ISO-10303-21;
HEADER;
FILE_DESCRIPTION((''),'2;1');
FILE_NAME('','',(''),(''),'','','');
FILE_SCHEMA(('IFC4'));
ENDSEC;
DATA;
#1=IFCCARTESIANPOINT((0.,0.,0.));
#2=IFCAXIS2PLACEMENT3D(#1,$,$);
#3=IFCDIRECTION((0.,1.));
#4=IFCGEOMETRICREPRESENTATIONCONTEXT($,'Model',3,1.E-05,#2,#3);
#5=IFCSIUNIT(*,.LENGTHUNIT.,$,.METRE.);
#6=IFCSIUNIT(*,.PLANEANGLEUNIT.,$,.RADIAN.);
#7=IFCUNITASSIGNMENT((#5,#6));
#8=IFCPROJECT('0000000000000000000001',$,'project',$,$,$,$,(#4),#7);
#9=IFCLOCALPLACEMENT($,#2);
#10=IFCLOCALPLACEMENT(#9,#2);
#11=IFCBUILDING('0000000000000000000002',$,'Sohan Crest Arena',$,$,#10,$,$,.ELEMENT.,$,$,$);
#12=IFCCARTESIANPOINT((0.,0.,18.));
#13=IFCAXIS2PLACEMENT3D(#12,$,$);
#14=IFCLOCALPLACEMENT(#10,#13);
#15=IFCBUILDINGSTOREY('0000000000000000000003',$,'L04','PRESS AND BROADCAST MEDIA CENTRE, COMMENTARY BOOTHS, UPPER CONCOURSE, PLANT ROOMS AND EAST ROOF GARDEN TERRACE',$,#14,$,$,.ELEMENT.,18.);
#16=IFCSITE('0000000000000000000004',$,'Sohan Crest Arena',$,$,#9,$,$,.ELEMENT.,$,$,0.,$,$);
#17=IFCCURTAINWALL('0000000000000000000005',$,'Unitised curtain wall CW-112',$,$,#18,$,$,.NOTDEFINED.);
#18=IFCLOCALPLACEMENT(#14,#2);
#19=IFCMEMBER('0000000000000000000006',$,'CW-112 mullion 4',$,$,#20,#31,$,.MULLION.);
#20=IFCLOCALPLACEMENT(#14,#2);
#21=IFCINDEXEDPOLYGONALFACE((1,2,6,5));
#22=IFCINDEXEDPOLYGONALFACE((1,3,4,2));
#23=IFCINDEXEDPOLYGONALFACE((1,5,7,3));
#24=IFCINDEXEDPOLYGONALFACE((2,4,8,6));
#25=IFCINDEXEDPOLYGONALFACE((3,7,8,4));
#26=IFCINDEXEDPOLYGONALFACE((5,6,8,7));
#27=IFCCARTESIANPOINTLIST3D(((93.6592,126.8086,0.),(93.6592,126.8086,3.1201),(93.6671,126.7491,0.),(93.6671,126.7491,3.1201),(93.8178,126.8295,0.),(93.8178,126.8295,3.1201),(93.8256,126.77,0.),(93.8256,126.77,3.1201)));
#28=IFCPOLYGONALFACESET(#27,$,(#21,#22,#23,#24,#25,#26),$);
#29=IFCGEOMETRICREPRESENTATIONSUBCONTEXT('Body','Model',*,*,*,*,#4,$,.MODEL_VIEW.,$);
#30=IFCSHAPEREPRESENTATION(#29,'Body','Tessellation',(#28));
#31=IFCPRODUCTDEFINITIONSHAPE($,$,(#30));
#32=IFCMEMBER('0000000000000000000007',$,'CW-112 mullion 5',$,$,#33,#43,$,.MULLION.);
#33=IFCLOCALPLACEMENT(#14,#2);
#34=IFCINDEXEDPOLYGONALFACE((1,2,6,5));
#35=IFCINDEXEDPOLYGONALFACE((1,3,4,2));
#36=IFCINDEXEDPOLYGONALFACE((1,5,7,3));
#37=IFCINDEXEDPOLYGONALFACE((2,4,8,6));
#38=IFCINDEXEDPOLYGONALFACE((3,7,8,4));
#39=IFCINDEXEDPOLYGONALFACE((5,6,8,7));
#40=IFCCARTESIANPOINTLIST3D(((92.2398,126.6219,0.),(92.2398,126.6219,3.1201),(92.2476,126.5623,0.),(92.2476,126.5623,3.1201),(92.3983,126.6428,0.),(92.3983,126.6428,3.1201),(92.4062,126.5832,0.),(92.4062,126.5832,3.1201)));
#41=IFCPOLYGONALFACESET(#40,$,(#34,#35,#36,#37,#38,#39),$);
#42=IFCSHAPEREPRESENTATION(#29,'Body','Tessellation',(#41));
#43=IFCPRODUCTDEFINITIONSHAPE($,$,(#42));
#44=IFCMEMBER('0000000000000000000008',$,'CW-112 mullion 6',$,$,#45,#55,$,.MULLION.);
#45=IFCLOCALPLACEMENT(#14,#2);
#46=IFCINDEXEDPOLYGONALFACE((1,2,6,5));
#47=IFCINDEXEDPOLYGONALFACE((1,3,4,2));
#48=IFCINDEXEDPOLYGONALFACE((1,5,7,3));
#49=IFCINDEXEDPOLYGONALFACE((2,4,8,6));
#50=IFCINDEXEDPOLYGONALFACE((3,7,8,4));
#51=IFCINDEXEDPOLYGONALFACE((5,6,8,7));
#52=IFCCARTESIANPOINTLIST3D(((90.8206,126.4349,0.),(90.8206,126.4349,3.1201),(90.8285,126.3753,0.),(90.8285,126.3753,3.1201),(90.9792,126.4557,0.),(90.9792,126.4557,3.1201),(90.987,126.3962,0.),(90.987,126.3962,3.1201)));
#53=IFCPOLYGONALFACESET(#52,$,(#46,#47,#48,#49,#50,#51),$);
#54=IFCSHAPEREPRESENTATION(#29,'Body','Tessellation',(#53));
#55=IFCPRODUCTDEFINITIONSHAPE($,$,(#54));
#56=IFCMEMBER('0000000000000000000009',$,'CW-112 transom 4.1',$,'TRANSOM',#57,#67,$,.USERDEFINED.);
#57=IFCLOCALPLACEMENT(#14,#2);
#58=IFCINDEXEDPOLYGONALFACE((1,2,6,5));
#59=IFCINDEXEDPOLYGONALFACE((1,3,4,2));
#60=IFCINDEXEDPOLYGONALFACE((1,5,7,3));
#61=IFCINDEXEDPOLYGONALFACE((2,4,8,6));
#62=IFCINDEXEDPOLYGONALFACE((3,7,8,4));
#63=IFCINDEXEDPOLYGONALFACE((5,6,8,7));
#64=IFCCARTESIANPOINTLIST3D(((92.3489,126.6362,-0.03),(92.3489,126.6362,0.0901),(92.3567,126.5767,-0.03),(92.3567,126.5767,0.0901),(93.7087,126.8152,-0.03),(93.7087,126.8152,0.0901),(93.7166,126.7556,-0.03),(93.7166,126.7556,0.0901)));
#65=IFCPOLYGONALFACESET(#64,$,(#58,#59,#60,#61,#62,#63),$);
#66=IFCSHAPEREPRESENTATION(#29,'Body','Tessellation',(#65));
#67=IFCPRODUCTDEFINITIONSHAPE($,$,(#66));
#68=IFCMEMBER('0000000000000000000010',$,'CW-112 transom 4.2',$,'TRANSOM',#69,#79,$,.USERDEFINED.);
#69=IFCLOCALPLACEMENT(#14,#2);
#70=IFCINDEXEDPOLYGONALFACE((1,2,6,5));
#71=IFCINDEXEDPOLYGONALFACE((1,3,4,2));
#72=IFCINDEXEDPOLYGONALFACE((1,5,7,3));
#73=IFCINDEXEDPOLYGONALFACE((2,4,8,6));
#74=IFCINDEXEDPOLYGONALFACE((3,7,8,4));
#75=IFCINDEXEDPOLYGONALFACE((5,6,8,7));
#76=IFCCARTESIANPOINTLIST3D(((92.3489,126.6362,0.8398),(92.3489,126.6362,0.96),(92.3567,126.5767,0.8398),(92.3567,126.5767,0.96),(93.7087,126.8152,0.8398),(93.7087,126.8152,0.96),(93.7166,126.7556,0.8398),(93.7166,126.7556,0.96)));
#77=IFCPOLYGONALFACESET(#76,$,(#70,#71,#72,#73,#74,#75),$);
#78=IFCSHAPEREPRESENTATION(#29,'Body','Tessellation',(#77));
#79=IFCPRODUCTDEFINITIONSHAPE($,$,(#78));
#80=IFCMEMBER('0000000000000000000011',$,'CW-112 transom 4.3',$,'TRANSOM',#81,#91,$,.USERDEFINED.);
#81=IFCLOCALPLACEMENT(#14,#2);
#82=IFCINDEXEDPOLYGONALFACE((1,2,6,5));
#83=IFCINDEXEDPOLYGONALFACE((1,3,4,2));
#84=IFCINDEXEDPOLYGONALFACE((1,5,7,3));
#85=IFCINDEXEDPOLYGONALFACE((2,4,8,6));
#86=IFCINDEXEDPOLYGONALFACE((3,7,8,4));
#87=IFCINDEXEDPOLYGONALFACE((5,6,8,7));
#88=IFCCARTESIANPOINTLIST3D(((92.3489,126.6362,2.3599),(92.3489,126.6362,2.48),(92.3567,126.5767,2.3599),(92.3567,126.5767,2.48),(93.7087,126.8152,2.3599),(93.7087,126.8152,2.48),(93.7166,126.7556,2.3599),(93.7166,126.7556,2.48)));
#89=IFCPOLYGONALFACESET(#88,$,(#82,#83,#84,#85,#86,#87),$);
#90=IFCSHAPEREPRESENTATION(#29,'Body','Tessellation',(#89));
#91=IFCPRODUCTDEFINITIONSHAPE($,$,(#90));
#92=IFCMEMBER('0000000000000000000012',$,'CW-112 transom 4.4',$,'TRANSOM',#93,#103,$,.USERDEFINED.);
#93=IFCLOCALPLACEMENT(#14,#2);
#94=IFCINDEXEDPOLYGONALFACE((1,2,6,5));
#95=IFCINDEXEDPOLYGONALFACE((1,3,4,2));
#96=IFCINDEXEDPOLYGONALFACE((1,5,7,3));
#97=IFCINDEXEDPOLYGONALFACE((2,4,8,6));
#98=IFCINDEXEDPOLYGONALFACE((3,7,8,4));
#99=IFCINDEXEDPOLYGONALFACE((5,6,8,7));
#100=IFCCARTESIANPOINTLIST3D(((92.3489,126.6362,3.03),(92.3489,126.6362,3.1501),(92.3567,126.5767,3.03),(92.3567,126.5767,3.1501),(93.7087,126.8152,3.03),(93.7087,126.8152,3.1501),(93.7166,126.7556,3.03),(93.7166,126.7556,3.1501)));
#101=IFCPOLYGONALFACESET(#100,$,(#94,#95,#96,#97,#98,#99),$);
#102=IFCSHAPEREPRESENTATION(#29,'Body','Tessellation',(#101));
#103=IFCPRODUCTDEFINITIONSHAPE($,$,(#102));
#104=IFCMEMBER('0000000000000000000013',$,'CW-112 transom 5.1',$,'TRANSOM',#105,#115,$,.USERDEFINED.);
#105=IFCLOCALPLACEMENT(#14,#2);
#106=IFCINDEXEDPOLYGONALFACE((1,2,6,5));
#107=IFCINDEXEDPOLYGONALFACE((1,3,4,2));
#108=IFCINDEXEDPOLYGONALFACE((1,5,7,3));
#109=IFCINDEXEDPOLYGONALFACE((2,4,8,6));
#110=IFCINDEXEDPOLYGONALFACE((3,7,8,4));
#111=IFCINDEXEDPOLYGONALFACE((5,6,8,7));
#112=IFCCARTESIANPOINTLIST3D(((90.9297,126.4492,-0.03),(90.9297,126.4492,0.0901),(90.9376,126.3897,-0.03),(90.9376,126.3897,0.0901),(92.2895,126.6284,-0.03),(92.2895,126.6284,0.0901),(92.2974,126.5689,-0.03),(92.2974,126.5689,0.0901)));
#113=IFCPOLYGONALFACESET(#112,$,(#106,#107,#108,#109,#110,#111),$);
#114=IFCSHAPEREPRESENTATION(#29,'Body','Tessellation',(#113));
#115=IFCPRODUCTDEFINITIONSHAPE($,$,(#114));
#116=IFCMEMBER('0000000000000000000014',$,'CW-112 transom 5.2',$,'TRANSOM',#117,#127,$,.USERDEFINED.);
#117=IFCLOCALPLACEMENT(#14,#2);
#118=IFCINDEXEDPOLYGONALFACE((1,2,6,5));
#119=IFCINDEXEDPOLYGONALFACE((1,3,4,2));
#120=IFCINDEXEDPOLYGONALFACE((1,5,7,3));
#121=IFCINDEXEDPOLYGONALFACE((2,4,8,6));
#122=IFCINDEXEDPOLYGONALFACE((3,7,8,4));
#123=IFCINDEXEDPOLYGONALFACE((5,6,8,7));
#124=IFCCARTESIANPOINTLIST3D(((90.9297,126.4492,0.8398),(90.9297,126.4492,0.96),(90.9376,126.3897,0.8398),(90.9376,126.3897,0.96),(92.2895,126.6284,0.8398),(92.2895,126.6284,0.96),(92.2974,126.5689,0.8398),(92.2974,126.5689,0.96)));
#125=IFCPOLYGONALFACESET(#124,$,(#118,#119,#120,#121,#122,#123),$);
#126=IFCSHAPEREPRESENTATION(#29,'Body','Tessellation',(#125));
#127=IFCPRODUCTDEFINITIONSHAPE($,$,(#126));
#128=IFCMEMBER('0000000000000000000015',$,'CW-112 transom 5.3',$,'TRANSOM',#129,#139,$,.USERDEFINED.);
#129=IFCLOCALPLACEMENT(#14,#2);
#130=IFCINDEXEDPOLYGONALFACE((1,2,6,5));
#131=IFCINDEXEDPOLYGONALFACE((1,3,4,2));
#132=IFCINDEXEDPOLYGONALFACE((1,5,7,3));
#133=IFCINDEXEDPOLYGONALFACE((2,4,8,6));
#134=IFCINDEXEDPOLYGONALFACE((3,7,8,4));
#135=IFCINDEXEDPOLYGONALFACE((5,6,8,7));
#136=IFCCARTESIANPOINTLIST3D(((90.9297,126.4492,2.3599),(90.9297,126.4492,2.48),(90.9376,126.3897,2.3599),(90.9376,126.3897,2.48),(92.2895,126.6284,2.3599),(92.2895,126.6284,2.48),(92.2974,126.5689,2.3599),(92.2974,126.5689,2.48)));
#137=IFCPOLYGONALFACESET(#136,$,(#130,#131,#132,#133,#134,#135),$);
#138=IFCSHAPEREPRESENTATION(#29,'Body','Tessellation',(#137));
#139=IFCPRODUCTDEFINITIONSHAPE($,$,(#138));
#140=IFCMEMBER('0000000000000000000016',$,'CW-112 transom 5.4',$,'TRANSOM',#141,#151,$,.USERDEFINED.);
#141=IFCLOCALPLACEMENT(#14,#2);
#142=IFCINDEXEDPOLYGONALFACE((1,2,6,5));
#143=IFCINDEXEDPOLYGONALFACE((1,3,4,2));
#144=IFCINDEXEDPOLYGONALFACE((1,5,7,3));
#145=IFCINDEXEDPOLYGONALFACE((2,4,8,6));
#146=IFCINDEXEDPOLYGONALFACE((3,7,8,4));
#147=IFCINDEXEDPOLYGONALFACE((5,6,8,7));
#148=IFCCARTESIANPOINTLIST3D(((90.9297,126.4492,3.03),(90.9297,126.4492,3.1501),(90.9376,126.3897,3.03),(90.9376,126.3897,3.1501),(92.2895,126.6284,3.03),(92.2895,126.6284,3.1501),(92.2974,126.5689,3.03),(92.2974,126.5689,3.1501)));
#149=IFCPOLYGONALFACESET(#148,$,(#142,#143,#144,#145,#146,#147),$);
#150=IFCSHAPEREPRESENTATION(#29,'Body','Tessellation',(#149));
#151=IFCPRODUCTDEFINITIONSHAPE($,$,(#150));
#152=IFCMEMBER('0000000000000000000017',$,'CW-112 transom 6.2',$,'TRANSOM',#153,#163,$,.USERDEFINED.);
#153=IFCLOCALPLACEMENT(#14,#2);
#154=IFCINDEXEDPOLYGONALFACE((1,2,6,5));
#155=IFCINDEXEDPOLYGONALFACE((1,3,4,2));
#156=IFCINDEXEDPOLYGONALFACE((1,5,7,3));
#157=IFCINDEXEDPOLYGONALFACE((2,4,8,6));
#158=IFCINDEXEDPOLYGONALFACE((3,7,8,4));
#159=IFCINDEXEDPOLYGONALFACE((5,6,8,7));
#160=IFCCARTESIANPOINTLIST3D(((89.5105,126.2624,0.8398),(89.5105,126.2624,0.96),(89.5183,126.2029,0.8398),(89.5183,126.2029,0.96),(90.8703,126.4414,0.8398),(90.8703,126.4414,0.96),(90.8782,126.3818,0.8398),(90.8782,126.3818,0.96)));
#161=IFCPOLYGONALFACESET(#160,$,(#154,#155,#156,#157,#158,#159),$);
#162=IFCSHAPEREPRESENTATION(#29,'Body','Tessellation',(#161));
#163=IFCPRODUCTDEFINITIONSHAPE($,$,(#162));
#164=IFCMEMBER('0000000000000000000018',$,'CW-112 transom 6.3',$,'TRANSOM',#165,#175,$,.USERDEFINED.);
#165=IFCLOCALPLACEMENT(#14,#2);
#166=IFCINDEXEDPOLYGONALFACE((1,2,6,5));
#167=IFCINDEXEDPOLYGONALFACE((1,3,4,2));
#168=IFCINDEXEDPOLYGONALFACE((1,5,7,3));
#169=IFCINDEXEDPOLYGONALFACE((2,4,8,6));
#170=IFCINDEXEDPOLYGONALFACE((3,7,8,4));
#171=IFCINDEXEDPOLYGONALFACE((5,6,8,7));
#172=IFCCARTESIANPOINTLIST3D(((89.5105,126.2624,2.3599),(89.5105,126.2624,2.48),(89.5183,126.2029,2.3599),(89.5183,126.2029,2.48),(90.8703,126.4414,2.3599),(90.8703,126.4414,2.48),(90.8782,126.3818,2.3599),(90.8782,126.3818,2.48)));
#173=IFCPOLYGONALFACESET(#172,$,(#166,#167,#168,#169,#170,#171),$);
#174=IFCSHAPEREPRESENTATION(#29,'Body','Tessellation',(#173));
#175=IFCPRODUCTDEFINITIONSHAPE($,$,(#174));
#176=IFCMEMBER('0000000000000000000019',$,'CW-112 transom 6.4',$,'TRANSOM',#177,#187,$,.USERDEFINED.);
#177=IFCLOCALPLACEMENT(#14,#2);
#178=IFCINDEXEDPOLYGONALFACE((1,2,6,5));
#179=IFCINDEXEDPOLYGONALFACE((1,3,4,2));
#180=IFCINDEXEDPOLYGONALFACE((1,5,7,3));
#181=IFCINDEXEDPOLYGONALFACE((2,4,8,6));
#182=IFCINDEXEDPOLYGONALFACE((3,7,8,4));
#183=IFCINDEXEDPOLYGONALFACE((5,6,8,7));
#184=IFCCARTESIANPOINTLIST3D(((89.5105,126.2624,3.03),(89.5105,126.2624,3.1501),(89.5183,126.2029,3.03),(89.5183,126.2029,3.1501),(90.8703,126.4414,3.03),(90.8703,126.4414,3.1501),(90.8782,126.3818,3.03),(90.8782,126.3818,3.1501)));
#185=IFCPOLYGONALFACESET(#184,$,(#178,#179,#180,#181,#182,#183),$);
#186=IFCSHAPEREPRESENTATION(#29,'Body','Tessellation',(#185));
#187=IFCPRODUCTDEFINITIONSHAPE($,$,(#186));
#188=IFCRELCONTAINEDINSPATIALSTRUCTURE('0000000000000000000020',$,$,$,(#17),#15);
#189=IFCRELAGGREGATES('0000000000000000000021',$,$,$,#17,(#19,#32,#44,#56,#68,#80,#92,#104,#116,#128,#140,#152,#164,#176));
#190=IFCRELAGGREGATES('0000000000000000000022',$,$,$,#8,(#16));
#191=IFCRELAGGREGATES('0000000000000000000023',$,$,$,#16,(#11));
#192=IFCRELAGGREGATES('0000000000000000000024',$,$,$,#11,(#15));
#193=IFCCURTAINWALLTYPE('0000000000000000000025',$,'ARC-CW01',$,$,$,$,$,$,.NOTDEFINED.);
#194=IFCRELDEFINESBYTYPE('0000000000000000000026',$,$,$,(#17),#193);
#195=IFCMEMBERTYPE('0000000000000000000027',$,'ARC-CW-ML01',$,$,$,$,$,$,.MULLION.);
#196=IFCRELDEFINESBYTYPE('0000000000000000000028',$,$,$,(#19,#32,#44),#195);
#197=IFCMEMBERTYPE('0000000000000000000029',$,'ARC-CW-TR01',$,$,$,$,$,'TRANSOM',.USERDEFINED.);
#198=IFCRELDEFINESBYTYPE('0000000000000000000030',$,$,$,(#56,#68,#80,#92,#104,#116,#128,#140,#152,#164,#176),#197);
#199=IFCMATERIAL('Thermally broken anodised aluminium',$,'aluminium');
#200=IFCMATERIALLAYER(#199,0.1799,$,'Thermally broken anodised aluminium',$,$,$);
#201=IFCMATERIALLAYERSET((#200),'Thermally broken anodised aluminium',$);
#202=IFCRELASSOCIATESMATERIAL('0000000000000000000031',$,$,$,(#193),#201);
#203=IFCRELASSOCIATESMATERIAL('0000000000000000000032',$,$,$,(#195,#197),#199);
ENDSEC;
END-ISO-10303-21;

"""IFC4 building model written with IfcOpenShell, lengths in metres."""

from ifc_helpers import new_model, si_unit, direction, frame, origin, origin_2d, place, context, subcontext, project, spatial, rectangle, extrude, material, layer, layer_set, material_profile, profile_set, type_object, element, aggregate, save


model = new_model("IFC4")

# Units and contexts
model_context = context("Model", 3, precision=1e-05, world=origin(), true_north=direction((0.0, 1.0)))
body_context = subcontext(model_context, "Body", "Model", "MODEL_VIEW")
ifc_project = project(units=[si_unit("LENGTHUNIT", "METRE"), si_unit("PLANEANGLEUNIT", "RADIAN")], contexts=[model_context])

# Site, building, storey
site_placement = place(None, origin())
site = spatial("IfcSite", under=ifc_project, at=site_placement, Name="Sohan Crest Arena", CompositionType="ELEMENT", RefElevation=0.0)
building_placement = place(site_placement, origin())
building = spatial("IfcBuilding", under=site, at=building_placement, Name="Sohan Crest Arena", CompositionType="ELEMENT")
storey_placement = place(building_placement, frame((0.0, 0.0, 18.0)))
storey = spatial("IfcBuildingStorey", under=building, at=storey_placement, Name="L04", Description="PRESS AND BROADCAST MEDIA CENTRE, COMMENTARY BOOTHS, UPPER CONCOURSE, PLANT ROOMS AND EAST ROOF GARDEN TERRACE", CompositionType="ELEMENT", Elevation=18.0)

# Curtain wall, members
ifc_material_1 = material(Name="Thermally broken anodised aluminium", Category="aluminium")
ifc_layer_1 = layer(ifc_material_1, 0.1799, Name="Thermally broken anodised aluminium")
ifc_layer_set_1 = layer_set([ifc_layer_1], Name="Thermally broken anodised aluminium")
curtain_wall_type = type_object("IfcCurtainWallType", Name="ARC-CW01", PredefinedType="NOTDEFINED", material=ifc_layer_set_1)
curtain_wall_placement = place(storey_placement, origin())
curtain_wall = element("IfcCurtainWall", 1, at=curtain_wall_placement, inside=storey, type_object=curtain_wall_type, Name="Unitised curtain wall CW-112", PredefinedType="NOTDEFINED")
ifc_material_profile_1 = material_profile(ifc_material_1, rectangle(XDim=0.0601, YDim=0.1599, at=origin_2d()), Name="ALU-MULL 60x160")
ifc_profile_set_1 = profile_set([ifc_material_profile_1], Name="Thermally broken anodised aluminium")
member_type_1 = type_object("IfcMemberType", Name="ARC-CW-ML01", PredefinedType="MULLION", material=ifc_profile_set_1)
member_1_placement = place(storey_placement, frame((93.7424, 126.7893, 0.0), z_axis=(0.0, 0.0, 1.0), x_axis=(0.130557, -0.991441, 0.0)))
member_1 = element("IfcMember", 2, at=member_1_placement, type_object=member_type_1, Name="CW-112 mullion 4", PredefinedType="MULLION", context=body_context, shape_type="SweptSolid", body=[
    extrude(rectangle(XDim=0.0601, YDim=0.1599, at=origin_2d()), origin(), (0.0, 0.0, 1.0), 3.1201),
])
member_2_placement = place(storey_placement, frame((92.323, 126.6025, 0.0), z_axis=(0.0, 0.0, 1.0), x_axis=(0.130557, -0.991441, 0.0)))
member_2 = element("IfcMember", 3, at=member_2_placement, type_object=member_type_1, Name="CW-112 mullion 5", PredefinedType="MULLION", context=body_context, shape_type="SweptSolid", body=[
    extrude(rectangle(XDim=0.0601, YDim=0.1599, at=origin_2d()), origin(), (0.0, 0.0, 1.0), 3.1201),
])
member_3_placement = place(storey_placement, frame((90.9038, 126.4155, 0.0), z_axis=(0.0, 0.0, 1.0), x_axis=(0.130557, -0.991441, 0.0)))
member_3 = element("IfcMember", 4, at=member_3_placement, type_object=member_type_1, Name="CW-112 mullion 6", PredefinedType="MULLION", context=body_context, shape_type="SweptSolid", body=[
    extrude(rectangle(XDim=0.0601, YDim=0.1599, at=origin_2d()), origin(), (0.0, 0.0, 1.0), 3.1201),
])
ifc_material_profile_2 = material_profile(ifc_material_1, rectangle(XDim=0.0601, YDim=0.1201, at=origin_2d()), Name="ALU-TRAN 60x120")
ifc_profile_set_2 = profile_set([ifc_material_profile_2], Name="Thermally broken anodised aluminium")
member_type_2 = type_object("IfcMemberType", Name="ARC-CW-TR01", ElementType="TRANSOM", PredefinedType="USERDEFINED", material=ifc_profile_set_2)
member_4_placement = place(storey_placement, frame((93.7126, 126.7854, 0.03), z_axis=(-0.991452, -0.130473, 0.0), x_axis=(0.130473, -0.991452, 0.0)))
member_4 = element("IfcMember", 5, at=member_4_placement, type_object=member_type_2, Name="CW-112 transom 4.1", ObjectType="TRANSOM", PredefinedType="USERDEFINED", context=body_context, shape_type="SweptSolid", body=[
    extrude(rectangle(XDim=0.0601, YDim=0.1201, at=origin_2d()), origin(), (0.0, 0.0, 1.0), 1.3716),
])
member_5_placement = place(storey_placement, frame((93.7126, 126.7854, 0.8999), z_axis=(-0.991452, -0.130473, 0.0), x_axis=(0.130473, -0.991452, 0.0)))
member_5 = element("IfcMember", 6, at=member_5_placement, type_object=member_type_2, Name="CW-112 transom 4.2", ObjectType="TRANSOM", PredefinedType="USERDEFINED", context=body_context, shape_type="SweptSolid", body=[
    extrude(rectangle(XDim=0.0601, YDim=0.1201, at=origin_2d()), origin(), (0.0, 0.0, 1.0), 1.3716),
])
member_6_placement = place(storey_placement, frame((93.7126, 126.7854, 2.4199), z_axis=(-0.991452, -0.130473, 0.0), x_axis=(0.130473, -0.991452, 0.0)))
member_6 = element("IfcMember", 7, at=member_6_placement, type_object=member_type_2, Name="CW-112 transom 4.3", ObjectType="TRANSOM", PredefinedType="USERDEFINED", context=body_context, shape_type="SweptSolid", body=[
    extrude(rectangle(XDim=0.0601, YDim=0.1201, at=origin_2d()), origin(), (0.0, 0.0, 1.0), 1.3716),
])
member_7_placement = place(storey_placement, frame((93.7126, 126.7854, 3.0901), z_axis=(-0.991452, -0.130473, 0.0), x_axis=(0.130473, -0.991452, 0.0)))
member_7 = element("IfcMember", 8, at=member_7_placement, type_object=member_type_2, Name="CW-112 transom 4.4", ObjectType="TRANSOM", PredefinedType="USERDEFINED", context=body_context, shape_type="SweptSolid", body=[
    extrude(rectangle(XDim=0.0601, YDim=0.1201, at=origin_2d()), origin(), (0.0, 0.0, 1.0), 1.3716),
])
member_8_placement = place(storey_placement, frame((92.2935, 126.5986, 0.03), z_axis=(-0.991429, -0.130648, 0.0), x_axis=(0.130648, -0.991429, 0.0)))
member_8 = element("IfcMember", 9, at=member_8_placement, type_object=member_type_2, Name="CW-112 transom 5.1", ObjectType="TRANSOM", PredefinedType="USERDEFINED", context=body_context, shape_type="SweptSolid", body=[
    extrude(rectangle(XDim=0.0601, YDim=0.1201, at=origin_2d()), origin(), (0.0, 0.0, 1.0), 1.3716),
])
member_9_placement = place(storey_placement, frame((92.2935, 126.5986, 0.8999), z_axis=(-0.991429, -0.130648, 0.0), x_axis=(0.130648, -0.991429, 0.0)))
member_9 = element("IfcMember", 10, at=member_9_placement, type_object=member_type_2, Name="CW-112 transom 5.2", ObjectType="TRANSOM", PredefinedType="USERDEFINED", context=body_context, shape_type="SweptSolid", body=[
    extrude(rectangle(XDim=0.0601, YDim=0.1201, at=origin_2d()), origin(), (0.0, 0.0, 1.0), 1.3716),
])
member_10_placement = place(storey_placement, frame((92.2935, 126.5986, 2.4199), z_axis=(-0.991429, -0.130648, 0.0), x_axis=(0.130648, -0.991429, 0.0)))
member_10 = element("IfcMember", 11, at=member_10_placement, type_object=member_type_2, Name="CW-112 transom 5.3", ObjectType="TRANSOM", PredefinedType="USERDEFINED", context=body_context, shape_type="SweptSolid", body=[
    extrude(rectangle(XDim=0.0601, YDim=0.1201, at=origin_2d()), origin(), (0.0, 0.0, 1.0), 1.3716),
])
member_11_placement = place(storey_placement, frame((92.2935, 126.5986, 3.0901), z_axis=(-0.991429, -0.130648, 0.0), x_axis=(0.130648, -0.991429, 0.0)))
member_11 = element("IfcMember", 12, at=member_11_placement, type_object=member_type_2, Name="CW-112 transom 5.4", ObjectType="TRANSOM", PredefinedType="USERDEFINED", context=body_context, shape_type="SweptSolid", body=[
    extrude(rectangle(XDim=0.0601, YDim=0.1201, at=origin_2d()), origin(), (0.0, 0.0, 1.0), 1.3716),
])
member_12_placement = place(storey_placement, frame((90.8743, 126.4116, 0.8999), z_axis=(-0.991452, -0.130473, 0.0), x_axis=(0.130473, -0.991452, 0.0)))
member_12 = element("IfcMember", 13, at=member_12_placement, type_object=member_type_2, Name="CW-112 transom 6.2", ObjectType="TRANSOM", PredefinedType="USERDEFINED", context=body_context, shape_type="SweptSolid", body=[
    extrude(rectangle(XDim=0.0601, YDim=0.1201, at=origin_2d()), origin(), (0.0, 0.0, 1.0), 1.3716),
])
member_13_placement = place(storey_placement, frame((90.8743, 126.4116, 2.4199), z_axis=(-0.991452, -0.130473, 0.0), x_axis=(0.130473, -0.991452, 0.0)))
member_13 = element("IfcMember", 14, at=member_13_placement, type_object=member_type_2, Name="CW-112 transom 6.3", ObjectType="TRANSOM", PredefinedType="USERDEFINED", context=body_context, shape_type="SweptSolid", body=[
    extrude(rectangle(XDim=0.0601, YDim=0.1201, at=origin_2d()), origin(), (0.0, 0.0, 1.0), 1.3716),
])
member_14_placement = place(storey_placement, frame((90.8743, 126.4116, 3.0901), z_axis=(-0.991452, -0.130473, 0.0), x_axis=(0.130473, -0.991452, 0.0)))
member_14 = element("IfcMember", 15, at=member_14_placement, type_object=member_type_2, Name="CW-112 transom 6.4", ObjectType="TRANSOM", PredefinedType="USERDEFINED", context=body_context, shape_type="SweptSolid", body=[
    extrude(rectangle(XDim=0.0601, YDim=0.1201, at=origin_2d()), origin(), (0.0, 0.0, 1.0), 1.3716),
])
aggregate(curtain_wall, [member_1, member_2, member_3, member_4, member_5, member_6, member_7, member_8, member_9, member_10, member_11, member_12, member_13, member_14])

save(model, "model.ifc")
